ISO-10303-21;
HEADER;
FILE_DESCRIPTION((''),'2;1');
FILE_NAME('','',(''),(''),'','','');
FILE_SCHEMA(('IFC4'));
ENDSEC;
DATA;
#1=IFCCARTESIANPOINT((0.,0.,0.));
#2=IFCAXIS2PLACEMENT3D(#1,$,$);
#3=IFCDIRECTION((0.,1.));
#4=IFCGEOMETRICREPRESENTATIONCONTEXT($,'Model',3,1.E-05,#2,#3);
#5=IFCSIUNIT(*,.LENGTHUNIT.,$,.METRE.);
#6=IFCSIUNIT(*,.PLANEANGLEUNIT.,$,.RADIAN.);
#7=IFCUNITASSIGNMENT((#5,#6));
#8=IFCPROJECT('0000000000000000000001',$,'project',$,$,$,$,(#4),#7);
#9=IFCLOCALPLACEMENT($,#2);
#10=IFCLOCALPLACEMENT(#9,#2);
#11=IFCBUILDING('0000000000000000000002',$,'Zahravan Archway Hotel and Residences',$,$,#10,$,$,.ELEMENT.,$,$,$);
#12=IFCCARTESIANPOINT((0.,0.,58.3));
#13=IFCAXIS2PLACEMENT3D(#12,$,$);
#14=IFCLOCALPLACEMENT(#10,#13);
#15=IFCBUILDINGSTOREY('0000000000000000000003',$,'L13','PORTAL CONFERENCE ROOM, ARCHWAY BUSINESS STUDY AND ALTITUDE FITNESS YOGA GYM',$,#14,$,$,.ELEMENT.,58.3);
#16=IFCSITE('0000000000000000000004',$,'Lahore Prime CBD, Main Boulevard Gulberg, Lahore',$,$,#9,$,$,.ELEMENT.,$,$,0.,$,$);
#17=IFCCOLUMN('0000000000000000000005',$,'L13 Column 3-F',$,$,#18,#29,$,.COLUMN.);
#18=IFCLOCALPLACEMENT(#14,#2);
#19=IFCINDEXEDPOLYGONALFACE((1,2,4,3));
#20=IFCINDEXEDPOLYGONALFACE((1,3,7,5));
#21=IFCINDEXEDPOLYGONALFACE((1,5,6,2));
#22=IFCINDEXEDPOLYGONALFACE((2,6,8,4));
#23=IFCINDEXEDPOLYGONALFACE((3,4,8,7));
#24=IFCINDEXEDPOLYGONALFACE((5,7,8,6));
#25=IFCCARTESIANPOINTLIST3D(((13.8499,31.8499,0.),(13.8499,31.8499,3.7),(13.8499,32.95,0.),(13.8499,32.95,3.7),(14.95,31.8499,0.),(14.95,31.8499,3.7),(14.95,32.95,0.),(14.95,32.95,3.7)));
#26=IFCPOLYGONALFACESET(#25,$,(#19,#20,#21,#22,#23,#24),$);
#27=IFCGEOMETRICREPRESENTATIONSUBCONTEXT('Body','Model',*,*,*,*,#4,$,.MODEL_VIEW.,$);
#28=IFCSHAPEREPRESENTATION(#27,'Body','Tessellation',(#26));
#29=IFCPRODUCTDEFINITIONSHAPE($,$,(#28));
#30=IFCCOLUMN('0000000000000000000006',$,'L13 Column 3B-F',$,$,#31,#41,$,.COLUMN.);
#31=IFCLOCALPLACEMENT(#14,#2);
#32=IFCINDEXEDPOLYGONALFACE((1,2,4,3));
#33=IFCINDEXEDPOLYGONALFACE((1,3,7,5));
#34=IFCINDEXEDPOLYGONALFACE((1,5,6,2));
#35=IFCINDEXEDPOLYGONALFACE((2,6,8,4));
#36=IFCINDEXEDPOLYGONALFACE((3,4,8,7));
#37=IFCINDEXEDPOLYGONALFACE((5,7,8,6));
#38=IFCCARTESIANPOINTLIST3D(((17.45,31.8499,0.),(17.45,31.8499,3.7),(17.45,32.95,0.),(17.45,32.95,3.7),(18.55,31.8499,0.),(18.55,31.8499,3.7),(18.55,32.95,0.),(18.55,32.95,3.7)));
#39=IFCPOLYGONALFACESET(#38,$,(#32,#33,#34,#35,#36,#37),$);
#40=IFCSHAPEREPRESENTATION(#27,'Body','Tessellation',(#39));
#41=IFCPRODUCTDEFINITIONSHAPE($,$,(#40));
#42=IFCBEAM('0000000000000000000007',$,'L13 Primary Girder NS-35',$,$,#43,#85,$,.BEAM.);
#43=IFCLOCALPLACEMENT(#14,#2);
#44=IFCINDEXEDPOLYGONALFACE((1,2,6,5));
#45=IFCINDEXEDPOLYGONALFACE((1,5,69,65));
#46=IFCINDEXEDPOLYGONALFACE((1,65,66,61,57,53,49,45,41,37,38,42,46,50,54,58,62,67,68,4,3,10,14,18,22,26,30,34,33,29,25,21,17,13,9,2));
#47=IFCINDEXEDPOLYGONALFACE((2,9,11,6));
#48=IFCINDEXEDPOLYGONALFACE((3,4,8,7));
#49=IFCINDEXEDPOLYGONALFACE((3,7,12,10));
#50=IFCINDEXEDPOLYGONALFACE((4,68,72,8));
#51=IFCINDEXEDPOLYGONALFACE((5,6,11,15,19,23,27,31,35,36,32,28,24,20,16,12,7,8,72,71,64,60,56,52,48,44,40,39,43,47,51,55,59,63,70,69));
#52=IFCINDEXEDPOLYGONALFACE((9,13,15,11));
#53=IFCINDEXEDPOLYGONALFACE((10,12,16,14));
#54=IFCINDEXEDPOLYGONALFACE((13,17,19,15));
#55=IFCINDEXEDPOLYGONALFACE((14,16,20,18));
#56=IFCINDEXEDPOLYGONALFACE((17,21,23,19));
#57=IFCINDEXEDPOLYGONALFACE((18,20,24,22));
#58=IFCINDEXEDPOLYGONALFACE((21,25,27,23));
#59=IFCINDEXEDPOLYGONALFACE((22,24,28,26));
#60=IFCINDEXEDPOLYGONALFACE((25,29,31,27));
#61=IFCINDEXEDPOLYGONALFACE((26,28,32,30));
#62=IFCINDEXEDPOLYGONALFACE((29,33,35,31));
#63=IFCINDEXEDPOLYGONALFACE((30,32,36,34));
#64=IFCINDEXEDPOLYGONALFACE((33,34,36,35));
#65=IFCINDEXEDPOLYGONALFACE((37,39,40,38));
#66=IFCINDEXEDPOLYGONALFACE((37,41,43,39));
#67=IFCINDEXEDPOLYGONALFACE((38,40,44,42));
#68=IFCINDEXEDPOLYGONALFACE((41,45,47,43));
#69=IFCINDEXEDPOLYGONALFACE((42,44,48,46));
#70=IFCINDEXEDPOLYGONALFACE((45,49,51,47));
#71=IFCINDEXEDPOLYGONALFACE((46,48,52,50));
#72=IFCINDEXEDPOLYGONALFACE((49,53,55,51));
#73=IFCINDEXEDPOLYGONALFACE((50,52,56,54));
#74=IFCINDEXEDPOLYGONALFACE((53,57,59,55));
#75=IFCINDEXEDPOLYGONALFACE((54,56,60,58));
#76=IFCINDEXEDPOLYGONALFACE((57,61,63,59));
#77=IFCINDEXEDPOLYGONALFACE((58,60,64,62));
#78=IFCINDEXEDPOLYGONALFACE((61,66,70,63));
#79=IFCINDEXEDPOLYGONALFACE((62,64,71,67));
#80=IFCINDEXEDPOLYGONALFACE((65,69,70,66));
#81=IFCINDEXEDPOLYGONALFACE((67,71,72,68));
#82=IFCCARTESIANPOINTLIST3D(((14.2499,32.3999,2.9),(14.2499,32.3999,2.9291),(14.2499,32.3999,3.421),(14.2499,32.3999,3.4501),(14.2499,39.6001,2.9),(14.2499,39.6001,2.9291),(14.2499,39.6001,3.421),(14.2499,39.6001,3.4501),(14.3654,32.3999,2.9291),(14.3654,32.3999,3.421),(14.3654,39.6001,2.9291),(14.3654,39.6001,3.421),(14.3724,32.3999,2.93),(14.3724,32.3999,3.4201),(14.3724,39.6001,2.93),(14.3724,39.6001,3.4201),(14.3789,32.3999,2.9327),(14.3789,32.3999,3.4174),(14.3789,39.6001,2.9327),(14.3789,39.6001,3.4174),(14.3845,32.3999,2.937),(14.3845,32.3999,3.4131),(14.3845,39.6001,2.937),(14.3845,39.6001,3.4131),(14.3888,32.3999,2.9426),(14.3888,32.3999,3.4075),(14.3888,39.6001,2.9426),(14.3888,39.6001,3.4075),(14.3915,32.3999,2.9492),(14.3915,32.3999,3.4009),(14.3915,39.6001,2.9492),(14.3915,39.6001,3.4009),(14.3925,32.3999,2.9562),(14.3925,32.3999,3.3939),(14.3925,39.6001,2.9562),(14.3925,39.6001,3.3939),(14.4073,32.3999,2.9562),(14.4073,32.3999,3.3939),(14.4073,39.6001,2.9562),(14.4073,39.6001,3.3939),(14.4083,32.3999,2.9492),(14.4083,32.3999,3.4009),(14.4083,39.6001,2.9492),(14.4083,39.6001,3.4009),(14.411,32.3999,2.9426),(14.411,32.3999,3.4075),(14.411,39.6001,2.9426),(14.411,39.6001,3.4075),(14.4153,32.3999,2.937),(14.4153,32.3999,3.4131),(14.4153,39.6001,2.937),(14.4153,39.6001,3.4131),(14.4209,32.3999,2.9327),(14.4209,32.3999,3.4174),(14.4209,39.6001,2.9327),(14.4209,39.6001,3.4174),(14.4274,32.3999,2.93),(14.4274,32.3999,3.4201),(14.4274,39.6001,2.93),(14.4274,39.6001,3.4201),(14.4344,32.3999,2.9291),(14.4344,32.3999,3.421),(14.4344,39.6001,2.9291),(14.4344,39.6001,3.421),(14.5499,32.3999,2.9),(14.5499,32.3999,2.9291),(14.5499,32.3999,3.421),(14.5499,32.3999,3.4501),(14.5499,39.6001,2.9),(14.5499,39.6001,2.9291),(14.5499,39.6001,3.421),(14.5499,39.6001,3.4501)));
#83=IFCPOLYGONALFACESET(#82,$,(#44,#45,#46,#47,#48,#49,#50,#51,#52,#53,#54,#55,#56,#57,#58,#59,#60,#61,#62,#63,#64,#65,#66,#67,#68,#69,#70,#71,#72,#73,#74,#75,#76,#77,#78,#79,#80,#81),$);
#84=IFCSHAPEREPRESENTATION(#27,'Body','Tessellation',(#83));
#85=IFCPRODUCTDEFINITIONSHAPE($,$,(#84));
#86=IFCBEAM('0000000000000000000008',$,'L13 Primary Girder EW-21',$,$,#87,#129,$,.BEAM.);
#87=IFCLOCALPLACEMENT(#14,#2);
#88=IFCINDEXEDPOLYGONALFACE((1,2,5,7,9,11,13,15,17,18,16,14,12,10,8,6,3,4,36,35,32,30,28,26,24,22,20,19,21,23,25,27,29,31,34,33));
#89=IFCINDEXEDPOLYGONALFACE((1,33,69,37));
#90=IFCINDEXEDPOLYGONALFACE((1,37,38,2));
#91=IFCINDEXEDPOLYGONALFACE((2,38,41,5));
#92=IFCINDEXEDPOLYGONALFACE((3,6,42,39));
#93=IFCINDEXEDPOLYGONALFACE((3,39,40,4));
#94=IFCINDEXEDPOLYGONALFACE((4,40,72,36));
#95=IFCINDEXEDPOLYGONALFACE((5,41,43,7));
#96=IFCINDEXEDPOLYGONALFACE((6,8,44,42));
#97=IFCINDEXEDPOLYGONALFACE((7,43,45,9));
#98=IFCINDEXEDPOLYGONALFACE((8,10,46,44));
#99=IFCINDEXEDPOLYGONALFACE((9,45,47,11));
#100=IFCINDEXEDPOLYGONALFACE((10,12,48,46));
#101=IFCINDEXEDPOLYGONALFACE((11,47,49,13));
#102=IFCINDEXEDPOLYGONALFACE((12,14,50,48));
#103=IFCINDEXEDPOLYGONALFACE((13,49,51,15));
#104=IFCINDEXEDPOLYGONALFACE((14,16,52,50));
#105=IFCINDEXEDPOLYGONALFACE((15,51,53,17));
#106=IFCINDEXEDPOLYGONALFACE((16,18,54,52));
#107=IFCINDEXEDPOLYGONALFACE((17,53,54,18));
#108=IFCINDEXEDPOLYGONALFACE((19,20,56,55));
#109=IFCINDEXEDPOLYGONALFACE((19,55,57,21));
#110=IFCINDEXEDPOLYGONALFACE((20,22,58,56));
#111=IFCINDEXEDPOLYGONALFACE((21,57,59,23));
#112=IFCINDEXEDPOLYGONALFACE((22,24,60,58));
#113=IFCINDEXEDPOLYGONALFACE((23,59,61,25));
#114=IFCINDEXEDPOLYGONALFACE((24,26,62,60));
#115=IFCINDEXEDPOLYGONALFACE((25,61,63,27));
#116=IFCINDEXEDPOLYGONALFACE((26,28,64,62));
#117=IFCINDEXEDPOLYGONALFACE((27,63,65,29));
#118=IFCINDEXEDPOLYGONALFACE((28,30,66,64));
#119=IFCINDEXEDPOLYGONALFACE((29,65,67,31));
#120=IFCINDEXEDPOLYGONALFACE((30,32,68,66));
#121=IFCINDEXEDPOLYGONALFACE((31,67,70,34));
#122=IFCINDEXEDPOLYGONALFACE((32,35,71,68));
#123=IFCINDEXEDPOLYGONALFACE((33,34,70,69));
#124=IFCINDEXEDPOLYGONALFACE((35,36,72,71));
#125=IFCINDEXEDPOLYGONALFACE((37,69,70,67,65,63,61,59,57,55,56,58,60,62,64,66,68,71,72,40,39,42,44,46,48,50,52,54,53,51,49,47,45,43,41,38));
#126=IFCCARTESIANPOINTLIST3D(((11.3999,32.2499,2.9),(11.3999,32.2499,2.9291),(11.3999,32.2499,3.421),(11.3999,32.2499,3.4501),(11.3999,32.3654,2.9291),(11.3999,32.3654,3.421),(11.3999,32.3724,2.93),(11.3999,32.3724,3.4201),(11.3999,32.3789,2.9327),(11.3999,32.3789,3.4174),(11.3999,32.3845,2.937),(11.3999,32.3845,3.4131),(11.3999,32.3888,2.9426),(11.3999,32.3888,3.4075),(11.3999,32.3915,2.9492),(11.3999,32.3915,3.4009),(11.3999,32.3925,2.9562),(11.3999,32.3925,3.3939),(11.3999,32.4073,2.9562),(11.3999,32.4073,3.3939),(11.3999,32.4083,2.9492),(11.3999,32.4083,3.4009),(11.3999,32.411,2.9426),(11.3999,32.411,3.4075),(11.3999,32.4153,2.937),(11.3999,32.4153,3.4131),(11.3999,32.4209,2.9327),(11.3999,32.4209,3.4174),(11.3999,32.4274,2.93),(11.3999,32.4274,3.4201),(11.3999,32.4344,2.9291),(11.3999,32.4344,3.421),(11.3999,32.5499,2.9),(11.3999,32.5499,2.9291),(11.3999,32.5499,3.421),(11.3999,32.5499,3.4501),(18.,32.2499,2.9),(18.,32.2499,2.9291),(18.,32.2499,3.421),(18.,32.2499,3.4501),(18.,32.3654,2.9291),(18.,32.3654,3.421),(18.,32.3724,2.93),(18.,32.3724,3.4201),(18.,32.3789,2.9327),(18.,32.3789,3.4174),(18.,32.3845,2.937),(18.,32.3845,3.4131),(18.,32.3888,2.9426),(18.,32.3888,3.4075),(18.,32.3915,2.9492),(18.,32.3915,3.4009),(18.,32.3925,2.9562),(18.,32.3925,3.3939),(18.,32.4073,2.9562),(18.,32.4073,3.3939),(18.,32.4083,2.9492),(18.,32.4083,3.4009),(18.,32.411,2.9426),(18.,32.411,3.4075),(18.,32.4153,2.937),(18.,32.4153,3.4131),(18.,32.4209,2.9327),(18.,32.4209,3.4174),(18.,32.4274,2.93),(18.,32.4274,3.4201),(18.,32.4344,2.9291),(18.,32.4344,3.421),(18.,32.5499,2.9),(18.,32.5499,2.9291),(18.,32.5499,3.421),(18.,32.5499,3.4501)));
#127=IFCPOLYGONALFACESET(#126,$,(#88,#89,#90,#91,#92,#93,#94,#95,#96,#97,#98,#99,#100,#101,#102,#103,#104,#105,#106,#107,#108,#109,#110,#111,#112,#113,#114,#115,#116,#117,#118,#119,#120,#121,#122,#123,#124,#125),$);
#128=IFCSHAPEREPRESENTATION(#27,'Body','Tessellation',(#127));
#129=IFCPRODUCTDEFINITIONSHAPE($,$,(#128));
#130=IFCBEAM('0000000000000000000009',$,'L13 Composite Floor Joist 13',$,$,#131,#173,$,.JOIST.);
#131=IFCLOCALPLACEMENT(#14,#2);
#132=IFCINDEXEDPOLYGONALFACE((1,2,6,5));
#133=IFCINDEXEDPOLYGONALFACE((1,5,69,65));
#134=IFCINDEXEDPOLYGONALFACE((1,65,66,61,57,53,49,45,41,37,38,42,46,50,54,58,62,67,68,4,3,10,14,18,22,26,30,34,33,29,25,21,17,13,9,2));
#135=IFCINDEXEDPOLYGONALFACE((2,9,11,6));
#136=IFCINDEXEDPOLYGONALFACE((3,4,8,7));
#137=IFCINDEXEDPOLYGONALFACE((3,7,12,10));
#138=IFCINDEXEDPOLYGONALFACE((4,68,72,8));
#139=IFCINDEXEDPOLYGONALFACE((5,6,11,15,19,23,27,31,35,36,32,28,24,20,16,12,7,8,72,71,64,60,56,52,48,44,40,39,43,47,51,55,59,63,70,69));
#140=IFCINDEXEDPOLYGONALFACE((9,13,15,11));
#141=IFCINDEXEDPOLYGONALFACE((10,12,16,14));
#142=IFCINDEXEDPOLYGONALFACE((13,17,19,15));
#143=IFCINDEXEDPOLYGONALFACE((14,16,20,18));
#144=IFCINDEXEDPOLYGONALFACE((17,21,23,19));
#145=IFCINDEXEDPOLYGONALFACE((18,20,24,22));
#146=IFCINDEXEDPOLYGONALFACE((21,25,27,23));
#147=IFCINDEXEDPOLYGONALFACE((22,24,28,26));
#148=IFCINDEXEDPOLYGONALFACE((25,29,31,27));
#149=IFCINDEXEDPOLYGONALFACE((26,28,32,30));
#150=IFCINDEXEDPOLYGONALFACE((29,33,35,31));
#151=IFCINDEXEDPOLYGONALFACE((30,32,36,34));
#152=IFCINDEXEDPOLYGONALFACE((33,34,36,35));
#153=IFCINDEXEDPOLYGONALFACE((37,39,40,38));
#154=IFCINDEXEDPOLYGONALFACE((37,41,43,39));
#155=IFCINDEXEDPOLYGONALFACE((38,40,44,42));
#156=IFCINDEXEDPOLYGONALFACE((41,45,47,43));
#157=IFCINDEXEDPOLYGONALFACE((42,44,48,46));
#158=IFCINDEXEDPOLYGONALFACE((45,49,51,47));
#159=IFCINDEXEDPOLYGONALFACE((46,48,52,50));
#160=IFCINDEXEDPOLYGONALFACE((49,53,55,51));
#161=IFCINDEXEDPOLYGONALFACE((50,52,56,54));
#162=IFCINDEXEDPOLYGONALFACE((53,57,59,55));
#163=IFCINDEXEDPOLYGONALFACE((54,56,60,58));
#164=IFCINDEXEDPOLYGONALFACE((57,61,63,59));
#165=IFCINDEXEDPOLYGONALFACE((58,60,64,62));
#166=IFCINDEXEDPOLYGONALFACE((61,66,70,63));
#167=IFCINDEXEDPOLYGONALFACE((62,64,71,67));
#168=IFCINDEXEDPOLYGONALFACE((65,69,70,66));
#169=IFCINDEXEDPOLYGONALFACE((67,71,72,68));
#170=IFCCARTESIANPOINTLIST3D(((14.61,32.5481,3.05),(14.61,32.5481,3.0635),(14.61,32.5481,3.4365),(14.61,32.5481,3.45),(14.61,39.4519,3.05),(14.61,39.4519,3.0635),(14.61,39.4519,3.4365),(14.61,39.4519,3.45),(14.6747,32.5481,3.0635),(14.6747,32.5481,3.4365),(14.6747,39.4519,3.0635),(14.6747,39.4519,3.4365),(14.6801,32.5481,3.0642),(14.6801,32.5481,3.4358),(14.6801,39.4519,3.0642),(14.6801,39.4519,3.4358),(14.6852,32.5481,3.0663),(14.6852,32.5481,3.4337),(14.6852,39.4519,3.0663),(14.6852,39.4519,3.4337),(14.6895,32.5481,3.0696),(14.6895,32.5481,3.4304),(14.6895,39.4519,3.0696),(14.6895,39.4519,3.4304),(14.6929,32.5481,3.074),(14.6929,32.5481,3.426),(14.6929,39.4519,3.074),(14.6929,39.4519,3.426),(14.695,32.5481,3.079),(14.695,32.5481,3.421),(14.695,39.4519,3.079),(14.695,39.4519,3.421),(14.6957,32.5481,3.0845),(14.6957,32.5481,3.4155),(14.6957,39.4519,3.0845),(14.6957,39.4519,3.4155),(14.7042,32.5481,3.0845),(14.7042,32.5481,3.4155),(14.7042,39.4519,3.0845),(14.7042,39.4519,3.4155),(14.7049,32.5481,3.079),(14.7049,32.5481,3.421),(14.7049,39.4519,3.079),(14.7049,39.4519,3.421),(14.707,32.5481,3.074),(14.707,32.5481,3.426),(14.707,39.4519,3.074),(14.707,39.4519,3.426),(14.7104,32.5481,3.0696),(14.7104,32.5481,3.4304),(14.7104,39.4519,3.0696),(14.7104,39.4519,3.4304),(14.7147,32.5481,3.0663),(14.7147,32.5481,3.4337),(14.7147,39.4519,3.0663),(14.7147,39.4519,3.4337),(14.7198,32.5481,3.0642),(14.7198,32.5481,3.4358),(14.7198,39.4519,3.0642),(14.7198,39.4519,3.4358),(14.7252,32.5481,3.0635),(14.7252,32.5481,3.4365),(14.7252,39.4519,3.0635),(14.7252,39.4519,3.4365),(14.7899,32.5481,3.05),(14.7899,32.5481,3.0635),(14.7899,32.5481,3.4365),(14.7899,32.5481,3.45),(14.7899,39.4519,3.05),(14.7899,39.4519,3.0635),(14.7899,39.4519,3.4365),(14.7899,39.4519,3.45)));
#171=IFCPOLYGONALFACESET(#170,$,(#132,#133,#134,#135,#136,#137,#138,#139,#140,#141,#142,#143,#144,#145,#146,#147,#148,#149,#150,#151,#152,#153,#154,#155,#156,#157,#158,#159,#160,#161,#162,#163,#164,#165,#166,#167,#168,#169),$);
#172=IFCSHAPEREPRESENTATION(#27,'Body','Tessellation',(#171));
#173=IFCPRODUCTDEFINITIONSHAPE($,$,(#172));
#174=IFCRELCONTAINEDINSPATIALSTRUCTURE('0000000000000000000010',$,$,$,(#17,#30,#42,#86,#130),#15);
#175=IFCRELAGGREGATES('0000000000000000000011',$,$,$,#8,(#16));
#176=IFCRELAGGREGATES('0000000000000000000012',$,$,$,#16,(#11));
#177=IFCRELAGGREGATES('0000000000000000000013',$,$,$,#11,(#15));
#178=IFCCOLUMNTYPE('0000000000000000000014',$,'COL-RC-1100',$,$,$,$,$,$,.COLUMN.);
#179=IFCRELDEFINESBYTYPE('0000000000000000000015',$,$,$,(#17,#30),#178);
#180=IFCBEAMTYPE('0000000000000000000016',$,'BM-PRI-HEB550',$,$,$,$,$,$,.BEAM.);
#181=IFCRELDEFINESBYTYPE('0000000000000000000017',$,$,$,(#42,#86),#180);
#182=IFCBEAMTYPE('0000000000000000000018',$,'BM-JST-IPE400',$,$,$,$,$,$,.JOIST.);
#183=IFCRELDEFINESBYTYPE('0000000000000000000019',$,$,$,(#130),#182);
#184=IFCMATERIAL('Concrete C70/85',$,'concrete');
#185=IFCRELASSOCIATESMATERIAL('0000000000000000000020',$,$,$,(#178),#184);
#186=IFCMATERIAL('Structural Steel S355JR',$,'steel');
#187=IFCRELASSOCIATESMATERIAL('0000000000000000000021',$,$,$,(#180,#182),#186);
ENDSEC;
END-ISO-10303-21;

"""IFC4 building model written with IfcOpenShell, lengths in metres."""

from ifc_helpers import new_model, si_unit, direction, frame, origin, origin_2d, place, context, subcontext, project, spatial, rectangle, i_section, extrude, source, transform, mapped, material, material_profile, profile_set, type_object, type_shapes, element, save


model = new_model("IFC4")

# Units and contexts
model_context = context("Model", 3, precision=1e-05, world=origin(), true_north=direction((0.0, 1.0)))
body_context = subcontext(model_context, "Body", "Model", "MODEL_VIEW")
ifc_project = project(units=[si_unit("LENGTHUNIT", "METRE"), si_unit("PLANEANGLEUNIT", "RADIAN")], contexts=[model_context])

# Site, building, storey
site_placement = place(None, origin())
site = spatial("IfcSite", under=ifc_project, at=site_placement, Name="Lahore Prime CBD, Main Boulevard Gulberg, Lahore", CompositionType="ELEMENT", RefElevation=0.0)
building_placement = place(site_placement, origin())
building = spatial("IfcBuilding", under=site, at=building_placement, Name="Zahravan Archway Hotel and Residences", CompositionType="ELEMENT")
storey_placement = place(building_placement, frame((0.0, 0.0, 58.3)))
storey = spatial("IfcBuildingStorey", under=building, at=storey_placement, Name="L13", Description="PORTAL CONFERENCE ROOM, ARCHWAY BUSINESS STUDY AND ALTITUDE FITNESS YOGA GYM", CompositionType="ELEMENT", Elevation=58.3)

# Columns
ifc_material_1 = material(Name="Concrete C70/85", Category="concrete")
ifc_material_profile_1 = material_profile(ifc_material_1, rectangle(XDim=1.1001, YDim=1.1001, at=origin_2d()), Name="RC 1100x1100", Category="concrete")
ifc_profile_set_1 = profile_set([ifc_material_profile_1], Name="Concrete C70/85")
column_type = type_object("IfcColumnType", Name="COL-RC-1100", PredefinedType="COLUMN", material=ifc_profile_set_1)
shared_shape_1 = source(origin(), body_context, "Body", "SweptSolid", [
    extrude(rectangle(XDim=1.1001, YDim=1.1001, at=origin_2d()), origin(), (0.0, 0.0, 1.0), 3.7),
])
for number, where, z_axis, x_axis, name in (
    (1, (14.3999, 32.3999, 0.0), (0.0, 0.0, 1.0), (1.0, 0.0, 0.0), "L13 Column 3-F"),
    (2, (18.0, 32.3999, 0.0), (0.0, 0.0, 1.0), (1.0, 0.0, 0.0), "L13 Column 3B-F"),
):
    element("IfcColumn", number, at=place(storey_placement, frame(where, z_axis=z_axis, x_axis=x_axis)), inside=storey, type_object=column_type, Name=name, PredefinedType="COLUMN", context=body_context, shape_type="MappedRepresentation", body=[
        mapped(shared_shape_1, transform((0.0, 0.0, 0.0), scale=1.0)),
    ])

# Beams
ifc_material_2 = material(Name="Structural Steel S355JR", Category="steel")
ifc_material_profile_2 = material_profile(ifc_material_2, i_section(OverallWidth=0.3, OverallDepth=0.55, WebThickness=0.0149, FlangeThickness=0.0291, FilletRadius=0.0271, at=origin_2d()), Name="HEB 550", Category="steel")
ifc_profile_set_2 = profile_set([ifc_material_profile_2], Name="Structural Steel S355JR")
beam_type_1 = type_object("IfcBeamType", Name="BM-PRI-HEB550", PredefinedType="BEAM", material=ifc_profile_set_2)
shared_shape_2 = source(origin(), body_context, "Body", "SweptSolid", [
    extrude(i_section(OverallWidth=0.3, OverallDepth=0.55, WebThickness=0.0149, FlangeThickness=0.0291, FilletRadius=0.0271, at=origin_2d()), origin(), (0.0, 0.0, 1.0), 7.2002),
])
type_shapes(beam_type_1, [shared_shape_2])
beam_1_placement = place(storey_placement, frame((14.3999, 32.3999, 3.175), z_axis=(0.0, 1.0, 0.0), x_axis=(-1.0, 0.0, 0.0)))
element("IfcBeam", 3, at=beam_1_placement, inside=storey, type_object=beam_type_1, Name="L13 Primary Girder NS-35", PredefinedType="BEAM", context=body_context, shape_type="MappedRepresentation", body=[
    mapped(shared_shape_2, transform((0.0, 0.0, 0.0), scale=1.0)),
])
shared_shape_3 = source(origin(), body_context, "Body", "SweptSolid", [
    extrude(i_section(OverallWidth=0.3, OverallDepth=0.55, WebThickness=0.0149, FlangeThickness=0.0291, FilletRadius=0.0271, at=origin_2d()), origin(), (0.0, 0.0, 1.0), 6.6001),
])
beam_2_placement = place(storey_placement, frame((11.3999, 32.3999, 3.175), z_axis=(1.0, 0.0, 0.0), x_axis=(0.0, 1.0, 0.0)))
element("IfcBeam", 4, at=beam_2_placement, inside=storey, type_object=beam_type_1, Name="L13 Primary Girder EW-21", PredefinedType="BEAM", context=body_context, shape_type="MappedRepresentation", body=[
    mapped(shared_shape_3, transform((0.0, 0.0, 0.0), scale=1.0)),
])
ifc_material_profile_3 = material_profile(ifc_material_2, i_section(OverallWidth=0.1799, OverallDepth=0.3999, WebThickness=0.0085, FlangeThickness=0.0134, FilletRadius=0.021, at=origin_2d()), Name="IPE 400", Category="steel")
ifc_profile_set_3 = profile_set([ifc_material_profile_3], Name="Structural Steel S355JR")
beam_type_2 = type_object("IfcBeamType", Name="BM-JST-IPE400", PredefinedType="JOIST", material=ifc_profile_set_3)
shared_shape_4 = source(origin(), body_context, "Body", "SweptSolid", [
    extrude(i_section(OverallWidth=0.1799, OverallDepth=0.3999, WebThickness=0.0085, FlangeThickness=0.0134, FilletRadius=0.021, at=origin_2d()), origin(), (0.0, 0.0, 1.0), 6.9038),
])
beam_3_placement = place(storey_placement, frame((14.7, 32.5481, 3.25), z_axis=(0.0, 1.0, 0.0), x_axis=(-1.0, 0.0, 0.0)))
element("IfcBeam", 5, at=beam_3_placement, inside=storey, type_object=beam_type_2, Name="L13 Composite Floor Joist 13", PredefinedType="JOIST", context=body_context, shape_type="MappedRepresentation", body=[
    mapped(shared_shape_4, transform((0.0, 0.0, 0.0), scale=1.0)),
])

save(model, "model.ifc")
